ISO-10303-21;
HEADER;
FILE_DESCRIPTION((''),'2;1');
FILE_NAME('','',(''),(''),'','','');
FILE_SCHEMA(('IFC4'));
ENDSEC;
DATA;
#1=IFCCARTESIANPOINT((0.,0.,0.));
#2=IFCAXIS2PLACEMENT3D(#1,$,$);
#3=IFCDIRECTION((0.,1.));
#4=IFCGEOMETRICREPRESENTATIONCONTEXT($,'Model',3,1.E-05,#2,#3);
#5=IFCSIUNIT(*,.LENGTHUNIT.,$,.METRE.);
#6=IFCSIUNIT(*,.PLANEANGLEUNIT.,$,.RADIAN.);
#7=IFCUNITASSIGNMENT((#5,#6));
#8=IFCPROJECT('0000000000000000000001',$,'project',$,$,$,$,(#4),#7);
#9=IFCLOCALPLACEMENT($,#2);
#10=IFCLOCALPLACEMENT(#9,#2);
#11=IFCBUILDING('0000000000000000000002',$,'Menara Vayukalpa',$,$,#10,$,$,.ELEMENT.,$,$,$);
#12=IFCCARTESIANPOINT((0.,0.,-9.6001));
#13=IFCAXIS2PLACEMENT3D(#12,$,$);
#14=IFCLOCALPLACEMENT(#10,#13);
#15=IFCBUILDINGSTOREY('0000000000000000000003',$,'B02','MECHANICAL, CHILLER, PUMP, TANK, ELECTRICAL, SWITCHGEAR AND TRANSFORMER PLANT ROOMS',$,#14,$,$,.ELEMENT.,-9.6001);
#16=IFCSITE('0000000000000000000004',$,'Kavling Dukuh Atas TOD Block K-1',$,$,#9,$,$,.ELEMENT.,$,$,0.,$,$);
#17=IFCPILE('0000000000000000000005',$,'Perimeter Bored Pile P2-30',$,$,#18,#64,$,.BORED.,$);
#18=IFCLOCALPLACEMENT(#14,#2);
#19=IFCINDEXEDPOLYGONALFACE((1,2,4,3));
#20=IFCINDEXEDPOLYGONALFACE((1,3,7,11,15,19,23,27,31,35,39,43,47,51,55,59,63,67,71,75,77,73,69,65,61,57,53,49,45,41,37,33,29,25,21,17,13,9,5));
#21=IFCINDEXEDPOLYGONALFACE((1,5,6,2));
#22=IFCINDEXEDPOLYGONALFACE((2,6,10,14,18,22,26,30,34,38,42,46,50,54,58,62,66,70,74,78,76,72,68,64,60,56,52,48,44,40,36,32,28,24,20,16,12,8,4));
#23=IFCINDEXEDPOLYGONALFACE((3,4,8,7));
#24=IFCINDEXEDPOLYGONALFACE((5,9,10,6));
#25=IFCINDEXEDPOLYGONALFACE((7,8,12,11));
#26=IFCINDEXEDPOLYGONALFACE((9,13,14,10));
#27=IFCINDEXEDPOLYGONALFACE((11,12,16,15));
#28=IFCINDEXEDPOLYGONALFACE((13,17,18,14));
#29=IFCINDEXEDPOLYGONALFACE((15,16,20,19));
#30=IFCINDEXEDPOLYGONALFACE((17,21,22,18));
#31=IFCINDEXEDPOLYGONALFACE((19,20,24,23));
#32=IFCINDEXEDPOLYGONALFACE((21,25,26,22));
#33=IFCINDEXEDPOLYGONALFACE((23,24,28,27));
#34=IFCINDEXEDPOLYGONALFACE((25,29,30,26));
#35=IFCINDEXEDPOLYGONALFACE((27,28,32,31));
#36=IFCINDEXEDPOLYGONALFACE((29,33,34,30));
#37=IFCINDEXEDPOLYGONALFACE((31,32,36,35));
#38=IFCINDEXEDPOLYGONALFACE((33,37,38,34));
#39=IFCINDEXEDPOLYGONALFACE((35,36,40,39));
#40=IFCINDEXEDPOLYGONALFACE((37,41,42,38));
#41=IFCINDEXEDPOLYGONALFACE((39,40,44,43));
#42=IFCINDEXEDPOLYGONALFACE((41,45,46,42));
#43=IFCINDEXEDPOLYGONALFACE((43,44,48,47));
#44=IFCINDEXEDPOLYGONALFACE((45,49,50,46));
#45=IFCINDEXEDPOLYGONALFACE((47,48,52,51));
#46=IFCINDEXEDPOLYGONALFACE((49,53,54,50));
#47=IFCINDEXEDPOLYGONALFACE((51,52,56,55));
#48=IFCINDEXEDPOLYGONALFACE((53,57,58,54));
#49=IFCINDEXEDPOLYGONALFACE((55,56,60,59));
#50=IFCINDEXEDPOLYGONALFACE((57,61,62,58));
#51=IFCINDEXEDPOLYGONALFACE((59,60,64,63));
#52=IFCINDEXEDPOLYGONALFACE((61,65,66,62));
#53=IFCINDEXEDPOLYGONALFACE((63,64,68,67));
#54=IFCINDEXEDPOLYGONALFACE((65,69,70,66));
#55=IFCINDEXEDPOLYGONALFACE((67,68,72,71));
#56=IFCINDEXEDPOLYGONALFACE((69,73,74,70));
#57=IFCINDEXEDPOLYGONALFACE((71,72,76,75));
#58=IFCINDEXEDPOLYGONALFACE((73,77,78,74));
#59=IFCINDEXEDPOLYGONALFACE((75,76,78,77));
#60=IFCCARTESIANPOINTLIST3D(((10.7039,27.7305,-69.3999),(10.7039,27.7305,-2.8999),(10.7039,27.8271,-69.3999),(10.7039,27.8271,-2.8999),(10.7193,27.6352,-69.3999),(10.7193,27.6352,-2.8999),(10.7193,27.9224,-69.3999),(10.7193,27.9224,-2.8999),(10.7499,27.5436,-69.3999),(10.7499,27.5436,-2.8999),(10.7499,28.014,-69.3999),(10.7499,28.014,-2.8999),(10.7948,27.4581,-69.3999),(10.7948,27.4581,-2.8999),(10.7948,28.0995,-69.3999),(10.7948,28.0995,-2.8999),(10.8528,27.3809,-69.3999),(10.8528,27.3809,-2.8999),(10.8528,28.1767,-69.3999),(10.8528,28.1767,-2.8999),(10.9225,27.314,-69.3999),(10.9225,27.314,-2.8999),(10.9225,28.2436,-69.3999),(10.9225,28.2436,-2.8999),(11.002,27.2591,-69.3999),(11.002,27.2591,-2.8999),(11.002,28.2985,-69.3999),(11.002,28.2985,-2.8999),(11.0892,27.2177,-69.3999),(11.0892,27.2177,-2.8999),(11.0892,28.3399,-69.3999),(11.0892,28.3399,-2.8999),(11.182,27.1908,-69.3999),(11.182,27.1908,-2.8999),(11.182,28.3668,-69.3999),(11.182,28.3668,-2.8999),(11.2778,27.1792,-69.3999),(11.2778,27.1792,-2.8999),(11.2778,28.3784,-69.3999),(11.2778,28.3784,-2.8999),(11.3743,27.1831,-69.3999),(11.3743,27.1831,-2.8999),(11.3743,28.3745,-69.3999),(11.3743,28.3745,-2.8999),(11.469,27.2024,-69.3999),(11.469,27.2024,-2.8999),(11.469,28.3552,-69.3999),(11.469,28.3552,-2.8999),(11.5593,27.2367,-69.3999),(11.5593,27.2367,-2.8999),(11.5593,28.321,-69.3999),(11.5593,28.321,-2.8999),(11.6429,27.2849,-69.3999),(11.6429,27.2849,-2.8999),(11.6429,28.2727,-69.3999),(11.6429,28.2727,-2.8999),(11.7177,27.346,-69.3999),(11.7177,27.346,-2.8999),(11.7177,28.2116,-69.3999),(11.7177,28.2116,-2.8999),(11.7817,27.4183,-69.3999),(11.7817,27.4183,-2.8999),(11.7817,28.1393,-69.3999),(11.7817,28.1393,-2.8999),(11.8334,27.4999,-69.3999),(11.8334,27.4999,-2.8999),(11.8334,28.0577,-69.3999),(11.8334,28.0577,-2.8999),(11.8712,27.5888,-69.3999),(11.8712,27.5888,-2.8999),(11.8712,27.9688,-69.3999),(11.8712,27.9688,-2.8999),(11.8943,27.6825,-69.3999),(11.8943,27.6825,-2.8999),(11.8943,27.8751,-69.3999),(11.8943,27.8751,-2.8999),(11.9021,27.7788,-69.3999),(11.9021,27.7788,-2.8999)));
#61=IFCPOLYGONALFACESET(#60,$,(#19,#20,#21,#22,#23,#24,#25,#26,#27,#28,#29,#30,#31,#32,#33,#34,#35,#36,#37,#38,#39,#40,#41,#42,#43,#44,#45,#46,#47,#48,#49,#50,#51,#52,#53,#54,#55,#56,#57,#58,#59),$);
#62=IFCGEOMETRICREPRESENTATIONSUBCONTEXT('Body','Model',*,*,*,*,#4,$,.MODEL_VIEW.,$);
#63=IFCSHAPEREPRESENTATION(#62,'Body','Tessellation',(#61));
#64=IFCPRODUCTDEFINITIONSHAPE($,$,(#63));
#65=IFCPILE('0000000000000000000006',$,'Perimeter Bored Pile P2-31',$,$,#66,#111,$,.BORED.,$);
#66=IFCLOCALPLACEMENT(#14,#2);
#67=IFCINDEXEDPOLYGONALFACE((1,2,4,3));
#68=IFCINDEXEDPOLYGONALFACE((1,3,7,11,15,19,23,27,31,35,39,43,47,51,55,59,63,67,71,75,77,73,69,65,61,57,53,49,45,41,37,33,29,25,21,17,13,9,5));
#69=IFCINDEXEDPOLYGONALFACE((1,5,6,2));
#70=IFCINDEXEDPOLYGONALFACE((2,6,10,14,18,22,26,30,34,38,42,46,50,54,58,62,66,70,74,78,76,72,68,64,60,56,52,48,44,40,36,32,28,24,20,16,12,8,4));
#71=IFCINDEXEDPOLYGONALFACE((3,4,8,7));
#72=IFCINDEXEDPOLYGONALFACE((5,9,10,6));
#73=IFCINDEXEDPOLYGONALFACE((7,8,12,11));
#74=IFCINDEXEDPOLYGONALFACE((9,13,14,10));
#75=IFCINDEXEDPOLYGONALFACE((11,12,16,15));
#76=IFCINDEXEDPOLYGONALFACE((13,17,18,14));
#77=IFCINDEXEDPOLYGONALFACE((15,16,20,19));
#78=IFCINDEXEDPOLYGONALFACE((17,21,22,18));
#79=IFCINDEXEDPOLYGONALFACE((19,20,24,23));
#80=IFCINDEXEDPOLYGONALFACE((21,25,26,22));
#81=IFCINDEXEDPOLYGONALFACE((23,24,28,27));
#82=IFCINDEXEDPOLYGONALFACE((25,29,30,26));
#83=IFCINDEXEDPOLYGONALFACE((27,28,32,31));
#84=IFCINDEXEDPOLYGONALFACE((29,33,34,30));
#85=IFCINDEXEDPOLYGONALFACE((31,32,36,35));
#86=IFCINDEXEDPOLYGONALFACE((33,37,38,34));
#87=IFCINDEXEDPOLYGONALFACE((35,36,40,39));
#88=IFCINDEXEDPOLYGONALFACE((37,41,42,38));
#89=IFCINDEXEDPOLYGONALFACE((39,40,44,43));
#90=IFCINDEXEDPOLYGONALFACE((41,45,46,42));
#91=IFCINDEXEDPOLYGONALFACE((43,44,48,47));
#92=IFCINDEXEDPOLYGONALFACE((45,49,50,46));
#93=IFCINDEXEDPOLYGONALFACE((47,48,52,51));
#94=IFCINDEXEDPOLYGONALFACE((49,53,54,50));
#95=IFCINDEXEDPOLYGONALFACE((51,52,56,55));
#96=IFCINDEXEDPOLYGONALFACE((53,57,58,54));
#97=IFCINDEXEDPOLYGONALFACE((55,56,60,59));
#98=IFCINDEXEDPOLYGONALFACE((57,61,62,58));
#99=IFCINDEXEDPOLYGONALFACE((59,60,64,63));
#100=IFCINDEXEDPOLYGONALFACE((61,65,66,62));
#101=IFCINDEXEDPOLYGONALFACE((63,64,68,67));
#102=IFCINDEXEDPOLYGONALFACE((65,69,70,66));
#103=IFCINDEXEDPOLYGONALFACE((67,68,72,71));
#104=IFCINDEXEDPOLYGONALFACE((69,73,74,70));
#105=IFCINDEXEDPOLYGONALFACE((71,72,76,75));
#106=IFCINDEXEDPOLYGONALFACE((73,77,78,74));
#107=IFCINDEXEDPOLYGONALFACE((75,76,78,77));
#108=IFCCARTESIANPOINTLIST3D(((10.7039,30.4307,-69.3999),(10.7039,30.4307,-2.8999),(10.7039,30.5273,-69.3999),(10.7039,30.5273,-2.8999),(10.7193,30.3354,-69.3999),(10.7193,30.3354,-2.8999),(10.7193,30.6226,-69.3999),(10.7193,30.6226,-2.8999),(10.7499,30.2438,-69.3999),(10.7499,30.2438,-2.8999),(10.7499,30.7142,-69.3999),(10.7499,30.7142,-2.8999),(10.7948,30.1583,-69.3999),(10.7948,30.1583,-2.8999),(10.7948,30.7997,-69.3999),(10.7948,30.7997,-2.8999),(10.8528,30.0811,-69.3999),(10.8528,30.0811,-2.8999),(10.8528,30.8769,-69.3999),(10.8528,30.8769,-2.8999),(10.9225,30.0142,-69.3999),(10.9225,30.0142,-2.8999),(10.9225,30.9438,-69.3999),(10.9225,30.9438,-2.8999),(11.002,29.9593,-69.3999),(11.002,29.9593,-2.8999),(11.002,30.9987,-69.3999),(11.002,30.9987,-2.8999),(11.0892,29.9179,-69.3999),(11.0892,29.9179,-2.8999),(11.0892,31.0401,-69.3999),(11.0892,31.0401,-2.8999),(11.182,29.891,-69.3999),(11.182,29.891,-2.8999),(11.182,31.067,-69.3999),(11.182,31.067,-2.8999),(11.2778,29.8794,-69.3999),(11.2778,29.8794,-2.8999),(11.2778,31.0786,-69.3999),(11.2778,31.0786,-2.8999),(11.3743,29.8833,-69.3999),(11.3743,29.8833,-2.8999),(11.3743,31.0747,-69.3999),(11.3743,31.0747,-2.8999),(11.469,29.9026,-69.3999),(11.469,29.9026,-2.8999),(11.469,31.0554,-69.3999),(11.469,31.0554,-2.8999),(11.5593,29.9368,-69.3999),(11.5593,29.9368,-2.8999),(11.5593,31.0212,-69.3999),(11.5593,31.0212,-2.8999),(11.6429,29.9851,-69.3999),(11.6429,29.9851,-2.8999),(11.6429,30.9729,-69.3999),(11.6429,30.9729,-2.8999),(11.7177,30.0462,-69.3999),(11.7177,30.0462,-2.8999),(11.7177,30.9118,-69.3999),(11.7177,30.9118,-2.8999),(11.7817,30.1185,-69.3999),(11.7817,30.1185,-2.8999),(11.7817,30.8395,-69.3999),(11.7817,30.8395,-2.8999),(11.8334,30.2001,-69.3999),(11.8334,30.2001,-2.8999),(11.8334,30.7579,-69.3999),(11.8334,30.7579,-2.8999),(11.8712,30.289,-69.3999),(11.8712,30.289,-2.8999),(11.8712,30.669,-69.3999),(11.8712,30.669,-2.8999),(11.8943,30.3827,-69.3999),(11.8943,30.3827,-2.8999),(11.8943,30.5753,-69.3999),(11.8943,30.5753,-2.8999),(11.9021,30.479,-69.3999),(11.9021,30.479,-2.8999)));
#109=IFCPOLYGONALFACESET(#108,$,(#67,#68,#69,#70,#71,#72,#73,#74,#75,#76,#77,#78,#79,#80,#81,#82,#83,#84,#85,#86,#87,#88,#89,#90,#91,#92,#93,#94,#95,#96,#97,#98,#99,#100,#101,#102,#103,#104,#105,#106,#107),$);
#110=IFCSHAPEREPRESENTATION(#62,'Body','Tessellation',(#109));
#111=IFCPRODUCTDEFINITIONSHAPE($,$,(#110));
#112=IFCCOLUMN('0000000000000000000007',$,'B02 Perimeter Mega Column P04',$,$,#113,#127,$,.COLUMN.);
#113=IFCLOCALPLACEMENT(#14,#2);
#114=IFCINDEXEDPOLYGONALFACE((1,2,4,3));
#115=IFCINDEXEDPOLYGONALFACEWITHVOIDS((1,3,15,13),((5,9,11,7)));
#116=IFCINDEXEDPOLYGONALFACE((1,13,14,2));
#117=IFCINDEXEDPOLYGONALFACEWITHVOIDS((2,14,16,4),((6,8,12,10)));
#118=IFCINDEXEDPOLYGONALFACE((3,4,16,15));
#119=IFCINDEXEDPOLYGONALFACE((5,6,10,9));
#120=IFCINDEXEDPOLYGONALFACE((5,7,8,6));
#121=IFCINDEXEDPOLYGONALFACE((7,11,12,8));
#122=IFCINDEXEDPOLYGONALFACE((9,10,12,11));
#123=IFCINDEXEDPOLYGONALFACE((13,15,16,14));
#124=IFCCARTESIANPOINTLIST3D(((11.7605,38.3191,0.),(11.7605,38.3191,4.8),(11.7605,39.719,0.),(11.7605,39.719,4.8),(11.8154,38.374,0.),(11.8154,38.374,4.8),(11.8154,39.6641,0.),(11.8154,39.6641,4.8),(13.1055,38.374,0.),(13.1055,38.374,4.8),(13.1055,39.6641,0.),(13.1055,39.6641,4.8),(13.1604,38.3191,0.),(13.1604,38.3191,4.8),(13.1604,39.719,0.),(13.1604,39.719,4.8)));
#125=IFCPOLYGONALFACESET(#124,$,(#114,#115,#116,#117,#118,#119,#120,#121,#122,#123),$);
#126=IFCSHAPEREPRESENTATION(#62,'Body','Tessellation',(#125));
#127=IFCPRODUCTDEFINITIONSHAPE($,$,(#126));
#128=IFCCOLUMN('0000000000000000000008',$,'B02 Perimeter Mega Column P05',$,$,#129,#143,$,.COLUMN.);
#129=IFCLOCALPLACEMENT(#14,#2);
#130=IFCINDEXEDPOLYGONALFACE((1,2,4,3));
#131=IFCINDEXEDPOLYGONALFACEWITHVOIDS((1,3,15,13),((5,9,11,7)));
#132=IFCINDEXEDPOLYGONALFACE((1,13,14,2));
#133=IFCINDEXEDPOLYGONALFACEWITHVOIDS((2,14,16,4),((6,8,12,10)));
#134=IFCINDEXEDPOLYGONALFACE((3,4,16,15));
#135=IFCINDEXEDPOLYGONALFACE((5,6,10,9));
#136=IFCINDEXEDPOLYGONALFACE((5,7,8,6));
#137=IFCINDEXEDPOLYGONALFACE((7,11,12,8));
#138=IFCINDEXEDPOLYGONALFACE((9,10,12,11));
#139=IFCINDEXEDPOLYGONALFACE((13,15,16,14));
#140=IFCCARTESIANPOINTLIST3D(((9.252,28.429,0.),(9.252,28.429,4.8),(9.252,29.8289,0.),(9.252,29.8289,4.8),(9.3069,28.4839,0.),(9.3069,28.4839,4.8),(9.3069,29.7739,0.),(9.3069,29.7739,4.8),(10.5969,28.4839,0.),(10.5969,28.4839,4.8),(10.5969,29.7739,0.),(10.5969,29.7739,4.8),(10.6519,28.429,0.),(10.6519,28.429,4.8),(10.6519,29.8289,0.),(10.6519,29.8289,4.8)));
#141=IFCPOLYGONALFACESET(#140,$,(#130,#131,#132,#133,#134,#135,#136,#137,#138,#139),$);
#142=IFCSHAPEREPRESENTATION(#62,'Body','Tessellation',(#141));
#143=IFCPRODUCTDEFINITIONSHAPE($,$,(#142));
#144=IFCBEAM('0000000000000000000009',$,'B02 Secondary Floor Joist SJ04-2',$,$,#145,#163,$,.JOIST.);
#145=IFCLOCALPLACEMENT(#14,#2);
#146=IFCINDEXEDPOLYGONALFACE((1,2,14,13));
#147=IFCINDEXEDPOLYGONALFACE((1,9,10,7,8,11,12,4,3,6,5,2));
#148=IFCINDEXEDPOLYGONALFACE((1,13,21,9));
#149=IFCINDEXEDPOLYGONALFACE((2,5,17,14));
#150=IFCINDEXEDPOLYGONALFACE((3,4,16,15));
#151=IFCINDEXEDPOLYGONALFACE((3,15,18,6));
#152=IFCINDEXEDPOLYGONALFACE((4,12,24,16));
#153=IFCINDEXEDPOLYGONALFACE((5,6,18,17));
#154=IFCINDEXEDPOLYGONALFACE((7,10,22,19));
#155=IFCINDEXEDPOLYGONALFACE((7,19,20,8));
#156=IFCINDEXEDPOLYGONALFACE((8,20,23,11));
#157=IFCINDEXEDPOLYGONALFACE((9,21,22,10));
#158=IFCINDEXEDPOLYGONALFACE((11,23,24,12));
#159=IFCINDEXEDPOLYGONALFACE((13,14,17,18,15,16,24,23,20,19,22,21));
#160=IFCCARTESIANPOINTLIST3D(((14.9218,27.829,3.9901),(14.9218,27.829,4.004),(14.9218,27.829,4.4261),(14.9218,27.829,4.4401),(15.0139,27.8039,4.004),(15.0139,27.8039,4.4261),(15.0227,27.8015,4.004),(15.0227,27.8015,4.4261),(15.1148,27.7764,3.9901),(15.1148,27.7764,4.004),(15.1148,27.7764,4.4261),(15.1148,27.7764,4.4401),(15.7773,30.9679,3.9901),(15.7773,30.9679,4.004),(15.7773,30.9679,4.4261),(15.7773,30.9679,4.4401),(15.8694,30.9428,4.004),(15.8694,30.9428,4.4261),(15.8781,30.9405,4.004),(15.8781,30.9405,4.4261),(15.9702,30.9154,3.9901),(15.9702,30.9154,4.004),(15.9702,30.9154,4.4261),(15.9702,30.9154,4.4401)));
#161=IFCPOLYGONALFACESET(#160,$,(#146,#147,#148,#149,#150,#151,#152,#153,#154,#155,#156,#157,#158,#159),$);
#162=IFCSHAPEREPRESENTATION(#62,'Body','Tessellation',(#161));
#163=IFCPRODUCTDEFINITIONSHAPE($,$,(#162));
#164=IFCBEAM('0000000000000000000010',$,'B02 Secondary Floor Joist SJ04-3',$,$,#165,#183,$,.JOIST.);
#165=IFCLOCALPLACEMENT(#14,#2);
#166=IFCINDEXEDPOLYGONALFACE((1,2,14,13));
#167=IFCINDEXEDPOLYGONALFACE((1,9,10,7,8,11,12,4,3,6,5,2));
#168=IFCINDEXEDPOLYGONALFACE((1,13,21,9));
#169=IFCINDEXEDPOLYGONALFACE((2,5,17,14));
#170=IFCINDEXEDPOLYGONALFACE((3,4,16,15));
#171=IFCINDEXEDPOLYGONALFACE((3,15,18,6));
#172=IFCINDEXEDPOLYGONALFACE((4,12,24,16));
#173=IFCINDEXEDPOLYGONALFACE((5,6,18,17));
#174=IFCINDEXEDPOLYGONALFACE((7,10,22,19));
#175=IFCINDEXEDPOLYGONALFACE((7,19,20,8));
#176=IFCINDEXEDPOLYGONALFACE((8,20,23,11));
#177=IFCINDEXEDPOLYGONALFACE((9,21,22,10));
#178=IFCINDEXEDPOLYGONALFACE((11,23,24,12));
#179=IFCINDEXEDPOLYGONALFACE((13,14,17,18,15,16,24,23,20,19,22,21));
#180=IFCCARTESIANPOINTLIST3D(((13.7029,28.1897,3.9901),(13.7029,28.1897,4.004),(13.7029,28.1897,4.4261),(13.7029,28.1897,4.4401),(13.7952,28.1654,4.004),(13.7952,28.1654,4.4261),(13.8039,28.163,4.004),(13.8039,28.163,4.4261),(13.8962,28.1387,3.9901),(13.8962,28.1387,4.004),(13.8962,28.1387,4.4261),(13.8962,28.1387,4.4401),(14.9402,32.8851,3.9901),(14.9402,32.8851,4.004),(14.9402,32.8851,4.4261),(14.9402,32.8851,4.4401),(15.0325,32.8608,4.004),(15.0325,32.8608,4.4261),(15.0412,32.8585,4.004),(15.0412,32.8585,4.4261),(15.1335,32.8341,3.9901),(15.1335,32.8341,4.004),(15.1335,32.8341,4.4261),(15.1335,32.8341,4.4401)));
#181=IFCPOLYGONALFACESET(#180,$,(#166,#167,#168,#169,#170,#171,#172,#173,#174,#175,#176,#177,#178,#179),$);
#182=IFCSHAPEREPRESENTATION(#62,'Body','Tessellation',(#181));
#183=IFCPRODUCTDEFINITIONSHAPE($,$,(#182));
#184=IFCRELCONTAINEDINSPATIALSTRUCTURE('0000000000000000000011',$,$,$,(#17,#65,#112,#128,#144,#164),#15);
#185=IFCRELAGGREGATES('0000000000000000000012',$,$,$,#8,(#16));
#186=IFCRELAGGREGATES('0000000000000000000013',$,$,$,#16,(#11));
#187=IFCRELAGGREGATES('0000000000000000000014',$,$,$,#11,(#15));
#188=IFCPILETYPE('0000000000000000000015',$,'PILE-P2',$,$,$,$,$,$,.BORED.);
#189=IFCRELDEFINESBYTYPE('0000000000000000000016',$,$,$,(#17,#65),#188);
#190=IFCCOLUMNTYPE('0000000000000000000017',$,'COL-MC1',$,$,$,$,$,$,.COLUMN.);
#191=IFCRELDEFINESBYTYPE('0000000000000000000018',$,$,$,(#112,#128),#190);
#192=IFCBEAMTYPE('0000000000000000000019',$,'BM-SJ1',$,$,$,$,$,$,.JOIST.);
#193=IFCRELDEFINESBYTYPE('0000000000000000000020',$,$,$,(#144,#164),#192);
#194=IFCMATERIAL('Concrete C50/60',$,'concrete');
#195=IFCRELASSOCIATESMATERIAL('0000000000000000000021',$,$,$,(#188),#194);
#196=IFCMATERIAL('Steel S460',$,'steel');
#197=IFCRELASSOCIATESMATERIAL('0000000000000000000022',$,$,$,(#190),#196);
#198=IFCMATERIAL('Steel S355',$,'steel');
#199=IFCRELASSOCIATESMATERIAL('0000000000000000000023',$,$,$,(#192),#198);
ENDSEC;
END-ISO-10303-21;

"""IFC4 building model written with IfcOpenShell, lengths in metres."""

from ifc_helpers import new_model, si_unit, direction, frame, origin, origin_2d, place, context, subcontext, project, spatial, hollow_rectangle, circle, i_section, extrude, material, material_profile, profile_set, type_object, element, save


model = new_model("IFC4")

# Units and contexts
model_context = context("Model", 3, precision=1e-05, world=origin(), true_north=direction((0.0, 1.0)))
body_context = subcontext(model_context, "Body", "Model", "MODEL_VIEW")
ifc_project = project(units=[si_unit("LENGTHUNIT", "METRE"), si_unit("PLANEANGLEUNIT", "RADIAN")], contexts=[model_context])

# Site, building, storey
site_placement = place(None, origin())
site = spatial("IfcSite", under=ifc_project, at=site_placement, Name="Kavling Dukuh Atas TOD Block K-1", CompositionType="ELEMENT", RefElevation=0.0)
building_placement = place(site_placement, origin())
building = spatial("IfcBuilding", under=site, at=building_placement, Name="Menara Vayukalpa", CompositionType="ELEMENT")
storey_placement = place(building_placement, frame((0.0, 0.0, -9.6001)))
storey = spatial("IfcBuildingStorey", under=building, at=storey_placement, Name="B02", Description="MECHANICAL, CHILLER, PUMP, TANK, ELECTRICAL, SWITCHGEAR AND TRANSFORMER PLANT ROOMS", CompositionType="ELEMENT", Elevation=-9.6001)

# Piles
ifc_material_1 = material(Name="Concrete C50/60", Category="concrete")
ifc_material_profile_1 = material_profile(ifc_material_1, circle(Radius=0.6001, at=origin_2d()), Name="PILE D1200")
ifc_profile_set_1 = profile_set([ifc_material_profile_1], Name="Concrete C50/60")
pile_type = type_object("IfcPileType", Name="PILE-P2", PredefinedType="BORED", material=ifc_profile_set_1)
for number, where, z_axis, x_axis, name in (
    (1, (11.302, 27.7788, -2.8999), (0.0, 0.0, -1.0), (1.0, 0.0, 0.0), "Perimeter Bored Pile P2-30"),
    (2, (11.302, 30.479, -2.8999), (0.0, 0.0, -1.0), (1.0, 0.0, 0.0), "Perimeter Bored Pile P2-31"),
):
    element("IfcPile", number, at=place(storey_placement, frame(where, z_axis=z_axis, x_axis=x_axis)), inside=storey, type_object=pile_type, Name=name, PredefinedType="BORED", context=body_context, shape_type="SweptSolid", body=[
        extrude(circle(Radius=0.6001, at=origin_2d()), origin(), (0.0, 0.0, 1.0), 66.5),
    ])

# Columns
ifc_material_2 = material(Name="Steel S460", Category="steel")
ifc_material_profile_2 = material_profile(ifc_material_2, hollow_rectangle(XDim=1.3999, YDim=1.3999, WallThickness=0.0549, at=origin_2d()), Name="BOX 1400x1400x55")
ifc_profile_set_2 = profile_set([ifc_material_profile_2], Name="Steel S460")
column_type = type_object("IfcColumnType", Name="COL-MC1", PredefinedType="COLUMN", material=ifc_profile_set_2)
for number, where, z_axis, x_axis, name in (
    (3, (12.4604, 39.019, 0.0), (0.0, 0.0, 1.0), (1.0, 0.0, 0.0), "B02 Perimeter Mega Column P04"),
    (4, (9.9519, 29.1289, 0.0), (0.0, 0.0, 1.0), (1.0, 0.0, 0.0), "B02 Perimeter Mega Column P05"),
):
    element("IfcColumn", number, at=place(storey_placement, frame(where, z_axis=z_axis, x_axis=x_axis)), inside=storey, type_object=column_type, Name=name, PredefinedType="COLUMN", context=body_context, shape_type="SweptSolid", body=[
        extrude(hollow_rectangle(XDim=1.3999, YDim=1.3999, WallThickness=0.0549, at=origin_2d()), origin(), (0.0, 0.0, 1.0), 4.8),
    ])

# Beams
ifc_material_3 = material(Name="Steel S355", Category="steel")
ifc_material_profile_3 = material_profile(ifc_material_3, i_section(OverallWidth=0.2, OverallDepth=0.45, WebThickness=0.009, FlangeThickness=0.0139, at=origin_2d()), Name="WF 450x200x9x14")
ifc_profile_set_3 = profile_set([ifc_material_profile_3], Name="Steel S355")
beam_type_1 = type_object("IfcBeamType", Name="BM-SJ1", PredefinedType="JOIST", material=ifc_profile_set_3)
beam_1_placement = place(storey_placement, frame((15.8738, 30.9417, 4.2151), z_axis=(-0.262946, -0.964811, 0.0), x_axis=(0.964811, -0.262946, 0.0)))
element("IfcBeam", 5, at=beam_1_placement, inside=storey, type_object=beam_type_1, Name="B02 Secondary Floor Joist SJ04-2", PredefinedType="JOIST", context=body_context, shape_type="SweptSolid", body=[
    extrude(i_section(OverallWidth=0.2, OverallDepth=0.45, WebThickness=0.009, FlangeThickness=0.0139, at=origin_2d()), origin(), (0.0, 0.0, 1.0), 3.2534),
])
beam_2_placement = place(storey_placement, frame((15.0369, 32.8596, 4.2151), z_axis=(-0.25482, -0.966989, 0.0), x_axis=(0.966989, -0.25482, 0.0)))
element("IfcBeam", 6, at=beam_2_placement, inside=storey, type_object=beam_type_1, Name="B02 Secondary Floor Joist SJ04-3", PredefinedType="JOIST", context=body_context, shape_type="SweptSolid", body=[
    extrude(i_section(OverallWidth=0.2, OverallDepth=0.45, WebThickness=0.009, FlangeThickness=0.0139, at=origin_2d()), origin(), (0.0, 0.0, 1.0), 4.8557),
])

save(model, "model.ifc")
